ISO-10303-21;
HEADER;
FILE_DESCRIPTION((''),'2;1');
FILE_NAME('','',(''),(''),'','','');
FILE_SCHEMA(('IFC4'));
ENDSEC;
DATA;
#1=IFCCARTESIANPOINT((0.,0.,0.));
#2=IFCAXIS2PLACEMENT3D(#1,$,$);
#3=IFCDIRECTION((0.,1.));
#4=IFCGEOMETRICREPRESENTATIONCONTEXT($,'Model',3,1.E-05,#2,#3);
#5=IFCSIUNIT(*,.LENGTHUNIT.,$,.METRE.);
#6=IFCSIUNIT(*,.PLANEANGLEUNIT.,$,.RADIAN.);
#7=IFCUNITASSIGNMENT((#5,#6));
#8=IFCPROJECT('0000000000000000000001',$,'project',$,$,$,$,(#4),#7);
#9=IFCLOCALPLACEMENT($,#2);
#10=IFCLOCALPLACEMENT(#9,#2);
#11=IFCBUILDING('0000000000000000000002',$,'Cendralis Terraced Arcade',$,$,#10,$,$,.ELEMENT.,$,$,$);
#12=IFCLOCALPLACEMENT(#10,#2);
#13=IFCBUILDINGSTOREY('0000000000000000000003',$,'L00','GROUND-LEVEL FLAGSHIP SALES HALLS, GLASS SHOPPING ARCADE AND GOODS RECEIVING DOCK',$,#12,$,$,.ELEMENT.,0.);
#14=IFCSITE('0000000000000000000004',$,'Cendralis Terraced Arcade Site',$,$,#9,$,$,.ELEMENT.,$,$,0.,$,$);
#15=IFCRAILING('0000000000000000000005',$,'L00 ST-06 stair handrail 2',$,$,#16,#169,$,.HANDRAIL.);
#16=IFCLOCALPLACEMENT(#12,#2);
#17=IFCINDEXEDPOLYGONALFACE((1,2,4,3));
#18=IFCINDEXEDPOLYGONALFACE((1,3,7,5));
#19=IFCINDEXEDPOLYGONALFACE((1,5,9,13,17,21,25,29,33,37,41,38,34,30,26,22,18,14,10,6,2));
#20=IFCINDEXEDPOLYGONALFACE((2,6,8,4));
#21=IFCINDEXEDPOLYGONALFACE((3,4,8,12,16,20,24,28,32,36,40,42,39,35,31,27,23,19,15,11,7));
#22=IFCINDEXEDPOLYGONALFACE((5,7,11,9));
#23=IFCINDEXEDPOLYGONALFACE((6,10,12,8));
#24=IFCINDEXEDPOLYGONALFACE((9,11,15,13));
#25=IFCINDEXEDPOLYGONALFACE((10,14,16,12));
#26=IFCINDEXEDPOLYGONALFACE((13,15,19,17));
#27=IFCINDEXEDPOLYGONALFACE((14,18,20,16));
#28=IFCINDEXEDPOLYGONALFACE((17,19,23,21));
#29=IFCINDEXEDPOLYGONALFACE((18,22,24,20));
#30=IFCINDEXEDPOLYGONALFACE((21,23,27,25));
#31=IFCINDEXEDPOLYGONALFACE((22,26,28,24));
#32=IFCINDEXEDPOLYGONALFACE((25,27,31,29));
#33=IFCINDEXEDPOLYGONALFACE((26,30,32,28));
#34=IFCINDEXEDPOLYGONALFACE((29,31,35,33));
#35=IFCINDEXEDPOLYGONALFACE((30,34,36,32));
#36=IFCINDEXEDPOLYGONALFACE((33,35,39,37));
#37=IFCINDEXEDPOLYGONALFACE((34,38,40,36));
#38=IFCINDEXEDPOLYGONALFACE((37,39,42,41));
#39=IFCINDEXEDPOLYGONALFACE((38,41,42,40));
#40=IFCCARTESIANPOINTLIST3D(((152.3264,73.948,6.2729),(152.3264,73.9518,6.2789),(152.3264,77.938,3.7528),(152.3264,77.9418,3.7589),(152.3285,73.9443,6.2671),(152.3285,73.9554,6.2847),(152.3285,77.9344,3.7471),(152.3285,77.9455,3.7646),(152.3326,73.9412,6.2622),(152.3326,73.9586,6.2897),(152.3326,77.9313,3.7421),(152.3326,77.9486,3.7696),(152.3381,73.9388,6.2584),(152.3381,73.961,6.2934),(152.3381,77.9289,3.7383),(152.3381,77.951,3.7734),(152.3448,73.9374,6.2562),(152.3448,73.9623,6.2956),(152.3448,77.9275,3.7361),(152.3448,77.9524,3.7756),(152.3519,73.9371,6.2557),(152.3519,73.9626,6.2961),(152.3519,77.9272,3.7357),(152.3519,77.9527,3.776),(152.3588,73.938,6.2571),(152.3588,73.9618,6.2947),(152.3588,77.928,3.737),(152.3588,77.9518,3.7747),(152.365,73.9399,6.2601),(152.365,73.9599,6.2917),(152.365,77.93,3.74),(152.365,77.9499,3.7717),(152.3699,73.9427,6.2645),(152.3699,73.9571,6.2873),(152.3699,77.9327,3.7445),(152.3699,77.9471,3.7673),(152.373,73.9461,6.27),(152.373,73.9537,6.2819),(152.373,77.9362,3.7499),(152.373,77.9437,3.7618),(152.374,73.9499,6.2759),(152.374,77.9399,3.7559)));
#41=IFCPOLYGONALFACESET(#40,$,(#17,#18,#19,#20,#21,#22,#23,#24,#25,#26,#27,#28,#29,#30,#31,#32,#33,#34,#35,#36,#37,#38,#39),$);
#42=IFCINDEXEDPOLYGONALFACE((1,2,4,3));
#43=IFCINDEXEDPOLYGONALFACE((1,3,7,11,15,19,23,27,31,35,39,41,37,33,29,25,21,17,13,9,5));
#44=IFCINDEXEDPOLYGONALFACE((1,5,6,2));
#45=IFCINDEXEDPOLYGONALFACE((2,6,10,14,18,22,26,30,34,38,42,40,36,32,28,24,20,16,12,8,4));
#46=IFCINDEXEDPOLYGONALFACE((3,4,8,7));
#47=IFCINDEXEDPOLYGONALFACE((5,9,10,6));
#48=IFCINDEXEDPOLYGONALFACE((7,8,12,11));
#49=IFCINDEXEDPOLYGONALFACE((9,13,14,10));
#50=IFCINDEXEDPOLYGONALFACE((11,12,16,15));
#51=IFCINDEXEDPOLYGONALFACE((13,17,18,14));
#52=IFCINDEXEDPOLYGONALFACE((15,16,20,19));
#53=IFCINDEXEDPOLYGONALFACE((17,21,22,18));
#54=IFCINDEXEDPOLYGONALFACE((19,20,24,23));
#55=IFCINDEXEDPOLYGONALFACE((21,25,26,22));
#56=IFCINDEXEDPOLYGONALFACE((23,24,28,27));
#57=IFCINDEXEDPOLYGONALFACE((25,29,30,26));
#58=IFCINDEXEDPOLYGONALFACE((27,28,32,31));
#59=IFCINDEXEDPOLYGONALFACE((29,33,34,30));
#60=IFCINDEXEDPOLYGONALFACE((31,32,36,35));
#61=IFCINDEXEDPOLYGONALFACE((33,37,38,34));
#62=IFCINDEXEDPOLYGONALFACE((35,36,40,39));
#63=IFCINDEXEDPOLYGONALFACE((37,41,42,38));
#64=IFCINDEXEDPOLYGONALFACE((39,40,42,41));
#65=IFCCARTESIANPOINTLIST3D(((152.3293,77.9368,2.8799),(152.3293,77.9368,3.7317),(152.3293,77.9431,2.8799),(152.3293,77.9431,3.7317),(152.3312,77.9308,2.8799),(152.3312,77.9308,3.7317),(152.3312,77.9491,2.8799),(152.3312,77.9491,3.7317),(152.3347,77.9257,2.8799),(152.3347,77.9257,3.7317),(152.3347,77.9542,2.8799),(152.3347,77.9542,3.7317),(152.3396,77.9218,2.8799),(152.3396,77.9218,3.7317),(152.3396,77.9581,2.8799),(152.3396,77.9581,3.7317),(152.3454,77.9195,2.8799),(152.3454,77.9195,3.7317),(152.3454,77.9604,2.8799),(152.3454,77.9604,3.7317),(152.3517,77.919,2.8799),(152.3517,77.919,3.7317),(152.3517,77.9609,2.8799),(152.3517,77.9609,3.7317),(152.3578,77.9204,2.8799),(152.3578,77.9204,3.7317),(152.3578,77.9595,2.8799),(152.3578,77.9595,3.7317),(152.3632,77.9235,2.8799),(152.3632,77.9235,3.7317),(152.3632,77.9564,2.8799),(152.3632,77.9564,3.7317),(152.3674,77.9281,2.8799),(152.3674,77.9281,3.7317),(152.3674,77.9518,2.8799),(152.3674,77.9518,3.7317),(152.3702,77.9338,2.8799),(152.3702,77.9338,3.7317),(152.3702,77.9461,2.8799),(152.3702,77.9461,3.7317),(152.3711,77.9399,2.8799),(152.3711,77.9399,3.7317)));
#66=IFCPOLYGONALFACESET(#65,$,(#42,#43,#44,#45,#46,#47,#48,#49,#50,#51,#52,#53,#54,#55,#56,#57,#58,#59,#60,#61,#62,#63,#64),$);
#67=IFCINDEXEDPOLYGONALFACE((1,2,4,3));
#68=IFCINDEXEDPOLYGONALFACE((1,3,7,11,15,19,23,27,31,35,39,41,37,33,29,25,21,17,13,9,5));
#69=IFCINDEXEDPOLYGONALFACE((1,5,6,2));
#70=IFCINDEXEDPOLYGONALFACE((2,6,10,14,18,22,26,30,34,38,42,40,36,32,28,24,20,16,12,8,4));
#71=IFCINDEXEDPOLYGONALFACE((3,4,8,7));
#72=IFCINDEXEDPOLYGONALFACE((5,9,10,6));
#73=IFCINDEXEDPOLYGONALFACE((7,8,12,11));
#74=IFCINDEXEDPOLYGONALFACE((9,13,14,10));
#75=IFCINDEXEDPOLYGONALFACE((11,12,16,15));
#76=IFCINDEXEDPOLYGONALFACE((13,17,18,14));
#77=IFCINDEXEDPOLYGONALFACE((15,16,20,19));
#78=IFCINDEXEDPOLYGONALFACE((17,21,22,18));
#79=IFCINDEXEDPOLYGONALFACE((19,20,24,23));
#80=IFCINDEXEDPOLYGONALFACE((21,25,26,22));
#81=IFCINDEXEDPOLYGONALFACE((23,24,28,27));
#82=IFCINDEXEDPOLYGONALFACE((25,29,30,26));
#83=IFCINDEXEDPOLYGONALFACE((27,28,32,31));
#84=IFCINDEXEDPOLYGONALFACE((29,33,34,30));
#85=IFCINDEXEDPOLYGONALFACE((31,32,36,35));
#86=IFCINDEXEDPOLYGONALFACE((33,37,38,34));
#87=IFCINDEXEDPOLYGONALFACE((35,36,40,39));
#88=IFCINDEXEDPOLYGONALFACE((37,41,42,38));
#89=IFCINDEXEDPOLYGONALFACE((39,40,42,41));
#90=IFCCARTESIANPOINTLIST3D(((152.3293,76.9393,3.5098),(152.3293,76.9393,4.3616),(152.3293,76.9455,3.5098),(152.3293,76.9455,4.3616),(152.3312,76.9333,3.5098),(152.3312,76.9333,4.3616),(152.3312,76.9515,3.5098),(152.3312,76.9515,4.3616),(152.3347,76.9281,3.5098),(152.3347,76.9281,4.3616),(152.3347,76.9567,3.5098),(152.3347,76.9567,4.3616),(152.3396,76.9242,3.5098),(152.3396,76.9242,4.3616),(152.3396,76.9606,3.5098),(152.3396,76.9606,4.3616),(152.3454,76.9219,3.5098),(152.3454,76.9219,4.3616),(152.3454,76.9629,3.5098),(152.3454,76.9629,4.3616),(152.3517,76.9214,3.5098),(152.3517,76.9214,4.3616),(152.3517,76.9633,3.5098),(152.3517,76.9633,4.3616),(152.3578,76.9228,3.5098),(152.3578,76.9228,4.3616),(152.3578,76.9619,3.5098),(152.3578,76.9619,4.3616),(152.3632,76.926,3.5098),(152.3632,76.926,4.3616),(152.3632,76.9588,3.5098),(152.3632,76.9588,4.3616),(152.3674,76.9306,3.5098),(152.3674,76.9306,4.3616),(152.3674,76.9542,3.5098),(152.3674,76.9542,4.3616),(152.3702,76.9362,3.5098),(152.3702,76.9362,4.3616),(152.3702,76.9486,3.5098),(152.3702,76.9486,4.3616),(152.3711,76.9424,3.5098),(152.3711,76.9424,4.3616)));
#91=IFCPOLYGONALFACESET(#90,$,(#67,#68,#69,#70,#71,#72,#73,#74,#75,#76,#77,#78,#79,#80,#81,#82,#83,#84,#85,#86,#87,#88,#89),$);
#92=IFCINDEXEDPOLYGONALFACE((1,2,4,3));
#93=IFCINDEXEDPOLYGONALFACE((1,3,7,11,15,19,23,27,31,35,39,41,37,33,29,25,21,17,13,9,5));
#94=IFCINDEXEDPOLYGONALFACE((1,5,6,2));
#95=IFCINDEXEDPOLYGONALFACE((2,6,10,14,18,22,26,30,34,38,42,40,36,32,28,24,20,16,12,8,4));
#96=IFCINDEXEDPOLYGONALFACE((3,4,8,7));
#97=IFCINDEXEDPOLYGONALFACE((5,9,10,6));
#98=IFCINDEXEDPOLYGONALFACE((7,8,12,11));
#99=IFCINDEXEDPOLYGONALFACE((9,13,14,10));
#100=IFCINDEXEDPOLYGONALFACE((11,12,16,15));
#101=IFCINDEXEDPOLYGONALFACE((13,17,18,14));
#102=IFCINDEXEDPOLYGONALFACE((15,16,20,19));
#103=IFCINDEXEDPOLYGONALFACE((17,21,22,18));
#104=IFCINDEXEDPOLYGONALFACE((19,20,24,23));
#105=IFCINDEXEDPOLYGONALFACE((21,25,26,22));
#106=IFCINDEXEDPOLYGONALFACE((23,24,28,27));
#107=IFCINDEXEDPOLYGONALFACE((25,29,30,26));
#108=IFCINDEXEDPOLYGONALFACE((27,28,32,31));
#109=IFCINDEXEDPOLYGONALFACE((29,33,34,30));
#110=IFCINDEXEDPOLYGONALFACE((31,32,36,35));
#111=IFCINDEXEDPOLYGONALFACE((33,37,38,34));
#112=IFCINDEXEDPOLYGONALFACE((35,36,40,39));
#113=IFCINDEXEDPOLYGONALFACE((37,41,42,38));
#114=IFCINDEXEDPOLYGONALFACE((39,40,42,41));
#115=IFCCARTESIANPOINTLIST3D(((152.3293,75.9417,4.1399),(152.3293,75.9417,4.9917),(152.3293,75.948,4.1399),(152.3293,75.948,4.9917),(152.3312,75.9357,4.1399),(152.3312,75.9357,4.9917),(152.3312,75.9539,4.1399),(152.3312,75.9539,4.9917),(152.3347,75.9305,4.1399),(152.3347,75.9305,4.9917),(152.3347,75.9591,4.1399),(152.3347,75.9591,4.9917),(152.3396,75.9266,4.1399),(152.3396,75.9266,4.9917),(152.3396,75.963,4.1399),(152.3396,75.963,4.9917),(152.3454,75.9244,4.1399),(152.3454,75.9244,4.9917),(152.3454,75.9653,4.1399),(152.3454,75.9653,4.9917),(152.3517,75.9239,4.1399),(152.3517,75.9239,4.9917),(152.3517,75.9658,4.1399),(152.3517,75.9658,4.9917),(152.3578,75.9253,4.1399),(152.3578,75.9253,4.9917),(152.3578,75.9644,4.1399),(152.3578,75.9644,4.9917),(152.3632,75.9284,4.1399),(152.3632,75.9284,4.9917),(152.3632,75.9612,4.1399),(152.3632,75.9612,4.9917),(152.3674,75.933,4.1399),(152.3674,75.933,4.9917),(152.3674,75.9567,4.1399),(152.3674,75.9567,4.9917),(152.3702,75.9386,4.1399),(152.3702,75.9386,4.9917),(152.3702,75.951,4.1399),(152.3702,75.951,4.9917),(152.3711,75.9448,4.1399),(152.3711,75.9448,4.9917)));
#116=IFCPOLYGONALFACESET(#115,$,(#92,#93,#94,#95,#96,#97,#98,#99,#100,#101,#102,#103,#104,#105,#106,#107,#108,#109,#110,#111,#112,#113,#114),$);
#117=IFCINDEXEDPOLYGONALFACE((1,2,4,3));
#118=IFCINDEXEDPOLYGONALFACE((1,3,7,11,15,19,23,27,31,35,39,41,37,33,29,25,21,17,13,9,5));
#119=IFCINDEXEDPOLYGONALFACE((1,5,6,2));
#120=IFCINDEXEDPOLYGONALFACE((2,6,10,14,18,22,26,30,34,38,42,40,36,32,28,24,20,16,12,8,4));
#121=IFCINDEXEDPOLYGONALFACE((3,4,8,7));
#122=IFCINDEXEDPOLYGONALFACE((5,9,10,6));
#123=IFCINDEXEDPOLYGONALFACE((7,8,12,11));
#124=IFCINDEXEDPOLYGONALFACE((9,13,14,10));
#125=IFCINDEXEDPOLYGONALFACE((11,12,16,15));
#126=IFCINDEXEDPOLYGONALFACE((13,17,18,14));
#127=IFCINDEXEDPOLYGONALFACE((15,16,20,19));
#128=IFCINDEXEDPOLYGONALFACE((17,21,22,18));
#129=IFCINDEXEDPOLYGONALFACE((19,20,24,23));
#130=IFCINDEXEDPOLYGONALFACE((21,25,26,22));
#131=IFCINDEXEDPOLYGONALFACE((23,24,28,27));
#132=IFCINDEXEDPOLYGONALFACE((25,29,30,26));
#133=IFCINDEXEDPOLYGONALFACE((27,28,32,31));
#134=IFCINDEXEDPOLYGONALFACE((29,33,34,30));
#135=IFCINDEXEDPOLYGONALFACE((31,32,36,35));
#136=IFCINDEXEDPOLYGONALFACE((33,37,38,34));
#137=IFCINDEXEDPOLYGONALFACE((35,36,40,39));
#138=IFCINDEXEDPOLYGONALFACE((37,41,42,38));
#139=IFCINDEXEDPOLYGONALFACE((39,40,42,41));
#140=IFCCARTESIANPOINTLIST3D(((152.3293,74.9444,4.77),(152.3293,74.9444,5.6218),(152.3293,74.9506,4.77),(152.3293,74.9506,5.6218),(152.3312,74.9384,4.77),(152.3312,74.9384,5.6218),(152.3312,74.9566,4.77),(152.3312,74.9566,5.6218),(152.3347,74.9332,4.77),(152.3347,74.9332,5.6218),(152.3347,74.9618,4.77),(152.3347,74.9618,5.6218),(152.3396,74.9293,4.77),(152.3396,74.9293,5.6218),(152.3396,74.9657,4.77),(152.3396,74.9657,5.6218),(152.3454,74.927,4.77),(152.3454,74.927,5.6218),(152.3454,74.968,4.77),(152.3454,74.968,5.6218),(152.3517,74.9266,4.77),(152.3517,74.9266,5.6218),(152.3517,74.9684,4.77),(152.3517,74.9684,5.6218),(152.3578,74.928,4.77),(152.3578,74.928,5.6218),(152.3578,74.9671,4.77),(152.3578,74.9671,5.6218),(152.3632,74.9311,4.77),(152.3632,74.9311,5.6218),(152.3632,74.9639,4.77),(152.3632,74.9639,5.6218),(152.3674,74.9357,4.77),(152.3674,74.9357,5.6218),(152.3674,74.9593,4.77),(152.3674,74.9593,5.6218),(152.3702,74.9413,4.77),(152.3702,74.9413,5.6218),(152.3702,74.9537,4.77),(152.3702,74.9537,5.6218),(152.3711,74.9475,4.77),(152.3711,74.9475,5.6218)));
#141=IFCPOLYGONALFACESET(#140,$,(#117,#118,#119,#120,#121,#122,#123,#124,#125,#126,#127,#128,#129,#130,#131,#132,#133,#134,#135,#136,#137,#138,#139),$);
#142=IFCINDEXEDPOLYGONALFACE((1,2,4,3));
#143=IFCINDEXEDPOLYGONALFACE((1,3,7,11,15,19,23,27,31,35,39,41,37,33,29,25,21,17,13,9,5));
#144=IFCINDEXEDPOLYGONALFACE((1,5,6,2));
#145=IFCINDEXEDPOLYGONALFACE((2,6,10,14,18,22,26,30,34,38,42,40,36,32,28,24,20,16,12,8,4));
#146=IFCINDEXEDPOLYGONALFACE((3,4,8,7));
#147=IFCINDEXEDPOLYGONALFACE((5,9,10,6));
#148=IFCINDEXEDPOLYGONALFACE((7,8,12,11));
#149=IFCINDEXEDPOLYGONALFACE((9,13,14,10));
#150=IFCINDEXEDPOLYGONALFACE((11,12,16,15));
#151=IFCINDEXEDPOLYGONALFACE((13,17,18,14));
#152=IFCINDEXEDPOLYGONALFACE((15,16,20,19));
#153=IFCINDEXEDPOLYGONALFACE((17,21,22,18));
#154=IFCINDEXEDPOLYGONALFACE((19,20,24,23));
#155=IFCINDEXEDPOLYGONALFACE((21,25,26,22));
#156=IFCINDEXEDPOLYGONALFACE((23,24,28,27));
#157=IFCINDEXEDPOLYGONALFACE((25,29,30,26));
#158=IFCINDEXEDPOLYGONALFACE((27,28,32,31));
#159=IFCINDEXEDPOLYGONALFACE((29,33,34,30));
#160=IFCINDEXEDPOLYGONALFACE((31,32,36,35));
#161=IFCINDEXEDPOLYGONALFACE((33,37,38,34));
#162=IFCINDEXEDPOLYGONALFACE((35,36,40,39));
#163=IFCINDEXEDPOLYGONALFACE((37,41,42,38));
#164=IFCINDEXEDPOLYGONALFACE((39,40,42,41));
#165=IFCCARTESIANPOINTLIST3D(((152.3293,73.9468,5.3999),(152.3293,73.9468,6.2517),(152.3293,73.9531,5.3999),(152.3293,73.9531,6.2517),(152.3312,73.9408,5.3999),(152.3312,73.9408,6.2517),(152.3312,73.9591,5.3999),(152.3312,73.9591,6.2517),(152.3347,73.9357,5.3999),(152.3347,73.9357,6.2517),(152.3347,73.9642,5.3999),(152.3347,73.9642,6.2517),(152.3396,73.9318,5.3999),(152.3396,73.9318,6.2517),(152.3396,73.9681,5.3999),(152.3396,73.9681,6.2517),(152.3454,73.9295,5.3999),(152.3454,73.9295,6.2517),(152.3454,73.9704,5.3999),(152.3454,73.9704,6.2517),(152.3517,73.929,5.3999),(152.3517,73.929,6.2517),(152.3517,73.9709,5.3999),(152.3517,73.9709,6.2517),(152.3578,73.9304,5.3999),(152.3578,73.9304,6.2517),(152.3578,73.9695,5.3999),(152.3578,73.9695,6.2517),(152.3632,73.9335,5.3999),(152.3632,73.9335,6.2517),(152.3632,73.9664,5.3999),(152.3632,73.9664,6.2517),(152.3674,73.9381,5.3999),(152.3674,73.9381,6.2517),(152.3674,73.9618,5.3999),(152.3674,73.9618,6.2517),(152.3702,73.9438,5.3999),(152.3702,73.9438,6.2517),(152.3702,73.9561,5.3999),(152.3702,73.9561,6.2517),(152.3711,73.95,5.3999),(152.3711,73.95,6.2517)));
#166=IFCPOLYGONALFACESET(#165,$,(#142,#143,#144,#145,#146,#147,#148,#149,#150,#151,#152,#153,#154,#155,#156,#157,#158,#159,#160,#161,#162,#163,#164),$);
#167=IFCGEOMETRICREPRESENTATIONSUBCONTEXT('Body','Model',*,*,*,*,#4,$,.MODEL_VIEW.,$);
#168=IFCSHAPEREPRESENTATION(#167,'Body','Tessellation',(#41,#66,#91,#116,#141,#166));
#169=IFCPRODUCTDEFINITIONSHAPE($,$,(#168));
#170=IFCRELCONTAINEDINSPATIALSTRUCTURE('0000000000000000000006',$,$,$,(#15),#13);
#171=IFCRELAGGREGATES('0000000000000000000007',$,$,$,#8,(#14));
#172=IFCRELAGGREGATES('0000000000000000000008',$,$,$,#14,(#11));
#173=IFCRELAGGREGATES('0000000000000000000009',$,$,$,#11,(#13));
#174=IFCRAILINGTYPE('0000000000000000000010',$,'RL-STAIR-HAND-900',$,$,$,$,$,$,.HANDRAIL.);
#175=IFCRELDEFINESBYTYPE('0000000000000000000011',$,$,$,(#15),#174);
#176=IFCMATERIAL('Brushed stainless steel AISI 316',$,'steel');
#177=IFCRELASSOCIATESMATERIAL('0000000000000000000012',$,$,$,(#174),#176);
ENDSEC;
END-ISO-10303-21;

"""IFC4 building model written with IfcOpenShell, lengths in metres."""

from ifc_helpers import new_model, si_unit, direction, frame, origin, origin_2d, place, context, subcontext, project, spatial, circle, extrude, material, type_object, element, save


model = new_model("IFC4")

# Units and contexts
model_context = context("Model", 3, precision=1e-05, world=origin(), true_north=direction((0.0, 1.0)))
body_context = subcontext(model_context, "Body", "Model", "MODEL_VIEW")
ifc_project = project(units=[si_unit("LENGTHUNIT", "METRE"), si_unit("PLANEANGLEUNIT", "RADIAN")], contexts=[model_context])

# Site, building, storey
site_placement = place(None, origin())
site = spatial("IfcSite", under=ifc_project, at=site_placement, Name="Cendralis Terraced Arcade Site", CompositionType="ELEMENT", RefElevation=0.0)
building_placement = place(site_placement, origin())
building = spatial("IfcBuilding", under=site, at=building_placement, Name="Cendralis Terraced Arcade", CompositionType="ELEMENT")
storey_placement = place(building_placement, origin())
storey = spatial("IfcBuildingStorey", under=building, at=storey_placement, Name="L00", Description="GROUND-LEVEL FLAGSHIP SALES HALLS, GLASS SHOPPING ARCADE AND GOODS RECEIVING DOCK", CompositionType="ELEMENT", Elevation=0.0)

# Railing
ifc_material_1 = material(Name="Brushed stainless steel AISI 316", Category="steel")
railing_type_1 = type_object("IfcRailingType", Name="RL-STAIR-HAND-900", PredefinedType="HANDRAIL", material=ifc_material_1)
railing_1_placement = place(storey_placement, frame((152.3501, 77.9399, 2.8799)))
element("IfcRailing", 1, at=railing_1_placement, inside=storey, type_object=railing_type_1, Name="L00 ST-06 stair handrail 2", PredefinedType="HANDRAIL", context=body_context, shape_type="SweptSolid", body=[
    extrude(circle(Radius=0.0239, at=origin_2d()), frame((0.0, 0.0, 0.876), z_axis=(0.0, -0.845486, 0.533997), x_axis=(1.0, 0.0, 0.0)), (0.0, 0.0, 1.0), 4.7192),
    extrude(circle(Radius=0.021, at=origin_2d()), origin(), (0.0, 0.0, 1.0), 0.8518),
    extrude(circle(Radius=0.021, at=origin_2d()), frame((0.0, -0.9976, 0.6299)), (0.0, 0.0, 1.0), 0.8518),
    extrude(circle(Radius=0.021, at=origin_2d()), frame((0.0, -1.9951, 1.26)), (0.0, 0.0, 1.0), 0.8518),
    extrude(circle(Radius=0.021, at=origin_2d()), frame((0.0, -2.9924, 1.8901)), (0.0, 0.0, 1.0), 0.8518),
    extrude(circle(Radius=0.021, at=origin_2d()), frame((0.0, -3.99, 2.52)), (0.0, 0.0, 1.0), 0.8518),
])

save(model, "model.ifc")
